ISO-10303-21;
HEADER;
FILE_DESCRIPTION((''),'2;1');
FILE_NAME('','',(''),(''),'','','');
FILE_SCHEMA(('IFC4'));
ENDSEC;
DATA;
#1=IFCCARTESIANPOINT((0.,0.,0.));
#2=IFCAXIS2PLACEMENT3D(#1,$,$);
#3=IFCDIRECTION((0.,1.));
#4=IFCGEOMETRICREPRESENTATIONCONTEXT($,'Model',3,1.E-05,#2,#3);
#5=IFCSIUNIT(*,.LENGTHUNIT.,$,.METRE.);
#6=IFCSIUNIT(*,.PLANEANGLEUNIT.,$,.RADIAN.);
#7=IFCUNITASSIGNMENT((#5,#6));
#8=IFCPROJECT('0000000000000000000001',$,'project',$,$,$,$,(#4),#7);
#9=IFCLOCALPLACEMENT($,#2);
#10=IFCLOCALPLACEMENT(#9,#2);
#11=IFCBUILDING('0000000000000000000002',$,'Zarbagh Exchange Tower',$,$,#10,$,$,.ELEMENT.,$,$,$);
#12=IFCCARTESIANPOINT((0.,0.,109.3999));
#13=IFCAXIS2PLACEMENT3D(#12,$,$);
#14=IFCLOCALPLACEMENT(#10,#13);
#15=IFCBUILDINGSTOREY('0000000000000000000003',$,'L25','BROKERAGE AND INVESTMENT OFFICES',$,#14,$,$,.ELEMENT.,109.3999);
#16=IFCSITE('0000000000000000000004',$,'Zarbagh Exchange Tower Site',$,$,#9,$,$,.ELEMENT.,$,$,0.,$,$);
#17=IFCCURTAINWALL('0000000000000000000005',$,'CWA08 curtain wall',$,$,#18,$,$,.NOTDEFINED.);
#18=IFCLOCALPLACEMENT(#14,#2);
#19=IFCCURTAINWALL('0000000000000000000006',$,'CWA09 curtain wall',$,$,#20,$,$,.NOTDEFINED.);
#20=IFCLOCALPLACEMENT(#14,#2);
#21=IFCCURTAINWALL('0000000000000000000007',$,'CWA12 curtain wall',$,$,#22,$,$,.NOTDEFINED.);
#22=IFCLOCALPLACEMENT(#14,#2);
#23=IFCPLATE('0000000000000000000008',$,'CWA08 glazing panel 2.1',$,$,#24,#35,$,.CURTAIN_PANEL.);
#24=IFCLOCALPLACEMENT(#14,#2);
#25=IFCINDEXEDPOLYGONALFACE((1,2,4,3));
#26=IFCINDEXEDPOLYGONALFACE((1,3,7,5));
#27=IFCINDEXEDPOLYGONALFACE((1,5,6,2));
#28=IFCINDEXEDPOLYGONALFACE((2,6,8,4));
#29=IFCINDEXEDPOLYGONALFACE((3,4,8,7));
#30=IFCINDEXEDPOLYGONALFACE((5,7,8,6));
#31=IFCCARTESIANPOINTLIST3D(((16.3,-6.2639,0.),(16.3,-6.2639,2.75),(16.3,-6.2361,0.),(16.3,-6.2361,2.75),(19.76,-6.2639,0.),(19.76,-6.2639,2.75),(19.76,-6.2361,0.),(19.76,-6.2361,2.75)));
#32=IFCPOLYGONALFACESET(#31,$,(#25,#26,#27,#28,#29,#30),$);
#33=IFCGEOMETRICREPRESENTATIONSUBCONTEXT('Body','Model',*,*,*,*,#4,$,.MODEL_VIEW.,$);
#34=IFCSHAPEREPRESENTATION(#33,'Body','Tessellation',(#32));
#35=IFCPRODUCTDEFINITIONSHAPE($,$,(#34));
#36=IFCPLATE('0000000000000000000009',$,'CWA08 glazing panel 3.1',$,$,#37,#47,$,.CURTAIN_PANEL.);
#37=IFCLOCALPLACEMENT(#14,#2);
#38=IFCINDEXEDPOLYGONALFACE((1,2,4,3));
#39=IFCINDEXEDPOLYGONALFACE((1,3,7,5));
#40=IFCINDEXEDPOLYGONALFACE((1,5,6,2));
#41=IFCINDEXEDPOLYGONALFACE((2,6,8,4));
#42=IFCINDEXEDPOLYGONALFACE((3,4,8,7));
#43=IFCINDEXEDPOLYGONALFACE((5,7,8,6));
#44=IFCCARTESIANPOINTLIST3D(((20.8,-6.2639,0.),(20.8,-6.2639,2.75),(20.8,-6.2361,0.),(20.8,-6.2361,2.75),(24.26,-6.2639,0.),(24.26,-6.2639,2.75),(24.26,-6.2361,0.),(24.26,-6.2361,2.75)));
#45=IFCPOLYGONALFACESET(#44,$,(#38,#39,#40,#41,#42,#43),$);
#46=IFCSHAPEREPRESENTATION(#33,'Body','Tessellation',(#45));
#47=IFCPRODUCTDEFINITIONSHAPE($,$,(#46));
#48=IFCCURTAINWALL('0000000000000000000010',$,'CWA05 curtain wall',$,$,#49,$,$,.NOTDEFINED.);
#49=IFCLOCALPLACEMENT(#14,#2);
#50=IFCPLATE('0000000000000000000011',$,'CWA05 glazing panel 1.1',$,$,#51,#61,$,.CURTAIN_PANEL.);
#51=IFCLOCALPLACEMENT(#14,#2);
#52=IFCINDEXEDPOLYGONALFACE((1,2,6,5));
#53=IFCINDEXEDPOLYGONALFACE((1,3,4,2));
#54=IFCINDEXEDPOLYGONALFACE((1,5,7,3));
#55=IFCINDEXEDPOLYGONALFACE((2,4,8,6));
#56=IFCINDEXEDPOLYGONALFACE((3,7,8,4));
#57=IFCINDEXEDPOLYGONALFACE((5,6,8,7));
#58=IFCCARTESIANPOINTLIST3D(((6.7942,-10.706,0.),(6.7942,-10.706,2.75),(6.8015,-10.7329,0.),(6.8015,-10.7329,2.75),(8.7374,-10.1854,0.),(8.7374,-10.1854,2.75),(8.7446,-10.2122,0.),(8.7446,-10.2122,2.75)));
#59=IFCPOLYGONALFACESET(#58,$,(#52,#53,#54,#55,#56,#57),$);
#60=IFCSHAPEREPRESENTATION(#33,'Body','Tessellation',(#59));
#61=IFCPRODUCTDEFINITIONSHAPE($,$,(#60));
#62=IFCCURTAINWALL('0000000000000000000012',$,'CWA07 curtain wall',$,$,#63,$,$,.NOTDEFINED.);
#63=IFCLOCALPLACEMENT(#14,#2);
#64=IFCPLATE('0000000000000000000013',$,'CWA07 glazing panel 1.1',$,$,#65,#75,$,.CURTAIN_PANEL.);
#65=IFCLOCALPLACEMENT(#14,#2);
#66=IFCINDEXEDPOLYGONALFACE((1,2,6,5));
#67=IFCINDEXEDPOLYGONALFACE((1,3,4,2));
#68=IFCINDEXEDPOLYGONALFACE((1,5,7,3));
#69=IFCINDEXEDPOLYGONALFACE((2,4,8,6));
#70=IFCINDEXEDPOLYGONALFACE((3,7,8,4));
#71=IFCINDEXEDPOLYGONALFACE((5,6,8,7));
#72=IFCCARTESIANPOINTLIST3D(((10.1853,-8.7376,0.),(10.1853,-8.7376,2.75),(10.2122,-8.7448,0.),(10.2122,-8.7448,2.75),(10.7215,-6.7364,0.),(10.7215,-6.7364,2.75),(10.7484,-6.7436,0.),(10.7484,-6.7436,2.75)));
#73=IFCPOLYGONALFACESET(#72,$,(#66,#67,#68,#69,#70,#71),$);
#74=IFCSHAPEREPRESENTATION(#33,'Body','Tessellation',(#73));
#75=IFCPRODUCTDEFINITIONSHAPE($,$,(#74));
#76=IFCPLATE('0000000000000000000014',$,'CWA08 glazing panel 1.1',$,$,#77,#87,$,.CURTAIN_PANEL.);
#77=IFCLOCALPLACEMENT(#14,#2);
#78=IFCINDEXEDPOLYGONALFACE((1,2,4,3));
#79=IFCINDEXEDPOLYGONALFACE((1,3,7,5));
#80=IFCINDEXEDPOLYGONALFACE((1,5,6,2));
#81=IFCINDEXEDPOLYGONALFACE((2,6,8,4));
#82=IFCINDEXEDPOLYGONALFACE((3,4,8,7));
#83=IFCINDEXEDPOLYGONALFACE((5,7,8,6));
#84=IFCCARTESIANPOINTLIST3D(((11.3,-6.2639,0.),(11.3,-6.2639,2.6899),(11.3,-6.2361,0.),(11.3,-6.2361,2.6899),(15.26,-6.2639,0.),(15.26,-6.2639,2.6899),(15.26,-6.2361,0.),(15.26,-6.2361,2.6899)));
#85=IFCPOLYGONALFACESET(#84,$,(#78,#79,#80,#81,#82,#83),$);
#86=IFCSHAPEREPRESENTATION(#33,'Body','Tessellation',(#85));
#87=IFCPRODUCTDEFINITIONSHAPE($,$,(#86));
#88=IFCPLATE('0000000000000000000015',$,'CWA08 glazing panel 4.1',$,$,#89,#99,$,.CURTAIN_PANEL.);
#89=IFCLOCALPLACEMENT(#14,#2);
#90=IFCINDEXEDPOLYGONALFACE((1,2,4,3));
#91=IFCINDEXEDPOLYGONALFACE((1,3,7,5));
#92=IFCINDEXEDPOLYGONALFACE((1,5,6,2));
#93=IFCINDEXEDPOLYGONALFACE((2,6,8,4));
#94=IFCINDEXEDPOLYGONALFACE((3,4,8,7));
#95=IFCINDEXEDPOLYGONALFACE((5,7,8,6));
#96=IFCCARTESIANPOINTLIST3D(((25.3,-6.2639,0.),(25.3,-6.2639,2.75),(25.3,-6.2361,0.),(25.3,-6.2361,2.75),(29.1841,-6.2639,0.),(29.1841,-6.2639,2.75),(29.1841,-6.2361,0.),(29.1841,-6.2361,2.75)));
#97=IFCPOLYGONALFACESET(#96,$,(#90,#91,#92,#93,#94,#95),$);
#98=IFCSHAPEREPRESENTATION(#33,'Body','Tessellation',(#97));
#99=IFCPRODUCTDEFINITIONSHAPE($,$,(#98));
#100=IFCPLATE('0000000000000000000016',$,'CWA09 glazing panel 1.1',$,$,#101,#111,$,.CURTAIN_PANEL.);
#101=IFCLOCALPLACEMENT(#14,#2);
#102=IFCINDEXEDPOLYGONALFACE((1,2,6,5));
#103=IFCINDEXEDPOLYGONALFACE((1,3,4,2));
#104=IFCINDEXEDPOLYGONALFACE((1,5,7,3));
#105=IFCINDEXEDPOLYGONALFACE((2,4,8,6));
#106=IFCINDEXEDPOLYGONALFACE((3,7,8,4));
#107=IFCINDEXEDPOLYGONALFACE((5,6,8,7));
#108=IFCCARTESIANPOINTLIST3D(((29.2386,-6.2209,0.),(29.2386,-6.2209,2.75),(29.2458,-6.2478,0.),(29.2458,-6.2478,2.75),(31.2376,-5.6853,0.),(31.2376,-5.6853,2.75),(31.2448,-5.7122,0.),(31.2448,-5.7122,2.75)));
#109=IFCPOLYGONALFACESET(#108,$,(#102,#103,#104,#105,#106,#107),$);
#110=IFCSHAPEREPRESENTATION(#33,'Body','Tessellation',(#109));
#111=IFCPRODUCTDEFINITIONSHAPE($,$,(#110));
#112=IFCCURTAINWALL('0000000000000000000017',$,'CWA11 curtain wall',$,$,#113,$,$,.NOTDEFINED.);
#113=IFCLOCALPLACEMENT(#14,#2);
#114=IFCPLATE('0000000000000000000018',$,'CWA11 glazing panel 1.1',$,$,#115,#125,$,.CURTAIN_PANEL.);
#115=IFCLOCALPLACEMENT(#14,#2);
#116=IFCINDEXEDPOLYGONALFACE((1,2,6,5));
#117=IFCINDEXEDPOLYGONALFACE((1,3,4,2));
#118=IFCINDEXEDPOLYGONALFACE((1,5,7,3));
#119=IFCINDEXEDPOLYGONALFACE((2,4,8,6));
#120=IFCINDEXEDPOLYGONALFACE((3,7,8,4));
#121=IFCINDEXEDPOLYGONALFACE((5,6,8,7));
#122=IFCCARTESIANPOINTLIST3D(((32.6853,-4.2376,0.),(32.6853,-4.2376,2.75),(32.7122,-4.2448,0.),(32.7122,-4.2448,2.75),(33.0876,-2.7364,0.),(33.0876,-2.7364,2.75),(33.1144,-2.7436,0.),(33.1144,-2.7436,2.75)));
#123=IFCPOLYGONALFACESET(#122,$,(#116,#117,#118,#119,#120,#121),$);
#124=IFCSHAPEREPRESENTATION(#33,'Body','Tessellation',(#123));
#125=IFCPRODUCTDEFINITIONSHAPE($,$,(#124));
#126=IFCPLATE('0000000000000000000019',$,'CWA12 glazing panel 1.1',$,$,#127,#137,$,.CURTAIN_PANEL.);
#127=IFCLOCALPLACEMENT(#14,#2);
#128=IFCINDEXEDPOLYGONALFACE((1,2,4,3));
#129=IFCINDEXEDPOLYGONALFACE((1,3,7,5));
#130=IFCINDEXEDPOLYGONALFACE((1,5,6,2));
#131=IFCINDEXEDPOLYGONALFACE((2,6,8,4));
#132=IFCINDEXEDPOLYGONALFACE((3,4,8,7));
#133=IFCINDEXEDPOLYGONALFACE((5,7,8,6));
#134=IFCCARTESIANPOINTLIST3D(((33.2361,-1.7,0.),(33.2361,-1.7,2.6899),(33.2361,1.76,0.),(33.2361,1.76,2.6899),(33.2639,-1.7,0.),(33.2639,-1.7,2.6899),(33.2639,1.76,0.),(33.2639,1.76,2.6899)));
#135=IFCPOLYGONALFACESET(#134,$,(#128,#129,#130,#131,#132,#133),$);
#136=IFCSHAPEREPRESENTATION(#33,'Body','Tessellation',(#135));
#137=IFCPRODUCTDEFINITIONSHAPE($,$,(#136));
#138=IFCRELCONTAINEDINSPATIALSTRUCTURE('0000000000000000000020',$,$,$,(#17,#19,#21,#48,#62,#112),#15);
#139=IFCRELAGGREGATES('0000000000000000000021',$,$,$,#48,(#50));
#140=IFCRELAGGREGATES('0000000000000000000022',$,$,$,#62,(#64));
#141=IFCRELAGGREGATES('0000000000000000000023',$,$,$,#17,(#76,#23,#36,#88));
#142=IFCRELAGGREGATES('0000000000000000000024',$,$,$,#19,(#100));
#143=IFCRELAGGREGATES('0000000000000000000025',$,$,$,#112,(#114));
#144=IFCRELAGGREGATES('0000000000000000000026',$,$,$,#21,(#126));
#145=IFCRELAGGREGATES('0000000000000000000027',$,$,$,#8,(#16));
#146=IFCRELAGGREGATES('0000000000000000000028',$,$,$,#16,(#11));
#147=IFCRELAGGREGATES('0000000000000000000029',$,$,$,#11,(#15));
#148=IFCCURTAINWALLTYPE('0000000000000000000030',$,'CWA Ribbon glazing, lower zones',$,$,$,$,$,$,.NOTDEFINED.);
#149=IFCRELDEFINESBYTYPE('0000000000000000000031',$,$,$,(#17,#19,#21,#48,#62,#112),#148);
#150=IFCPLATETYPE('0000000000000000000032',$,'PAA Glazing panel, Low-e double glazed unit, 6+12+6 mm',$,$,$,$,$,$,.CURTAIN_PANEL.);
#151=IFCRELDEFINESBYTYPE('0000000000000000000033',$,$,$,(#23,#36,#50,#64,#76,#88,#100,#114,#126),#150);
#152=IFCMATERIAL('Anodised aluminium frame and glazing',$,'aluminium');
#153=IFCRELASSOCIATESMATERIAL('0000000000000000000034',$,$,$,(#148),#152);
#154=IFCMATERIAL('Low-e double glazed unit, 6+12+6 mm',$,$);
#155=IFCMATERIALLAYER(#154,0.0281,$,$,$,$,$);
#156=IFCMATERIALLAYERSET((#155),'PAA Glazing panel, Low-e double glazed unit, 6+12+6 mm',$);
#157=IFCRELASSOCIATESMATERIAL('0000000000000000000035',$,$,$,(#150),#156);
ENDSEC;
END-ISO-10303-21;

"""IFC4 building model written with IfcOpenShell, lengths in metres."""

from ifc_helpers import new_model, si_unit, direction, frame, origin, place, context, subcontext, project, spatial, polyline, outline, extrude, source, transform, mapped, material, layer, layer_set, type_object, element, aggregate, save


model = new_model("IFC4")

# Units and contexts
model_context = context("Model", 3, precision=1e-05, world=origin(), true_north=direction((0.0, 1.0)))
body_context = subcontext(model_context, "Body", "Model", "MODEL_VIEW")
ifc_project = project(units=[si_unit("LENGTHUNIT", "METRE"), si_unit("PLANEANGLEUNIT", "RADIAN")], contexts=[model_context])

# Site, building, storey
site_placement = place(None, origin())
site = spatial("IfcSite", under=ifc_project, at=site_placement, Name="Zarbagh Exchange Tower Site", CompositionType="ELEMENT", RefElevation=0.0)
building_placement = place(site_placement, origin())
building = spatial("IfcBuilding", under=site, at=building_placement, Name="Zarbagh Exchange Tower", CompositionType="ELEMENT")
storey_placement = place(building_placement, frame((0.0, 0.0, 109.3999)))
storey = spatial("IfcBuildingStorey", under=building, at=storey_placement, Name="L25", Description="BROKERAGE AND INVESTMENT OFFICES", CompositionType="ELEMENT", Elevation=109.3999)

# Curtain wall
ifc_material_1 = material(Name="Anodised aluminium frame and glazing", Category="aluminium")
curtain_wall_type = type_object("IfcCurtainWallType", Name="CWA Ribbon glazing, lower zones", PredefinedType="NOTDEFINED", material=ifc_material_1)
curtain_wall_1_placement = place(storey_placement, origin())
curtain_wall_1 = element("IfcCurtainWall", 1, at=curtain_wall_1_placement, inside=storey, type_object=curtain_wall_type, Name="CWA08 curtain wall", PredefinedType="NOTDEFINED")
placement = place(storey_placement, origin())

# Curtain walls
curtain_wall_2_placement = place(storey_placement, origin())
curtain_wall_2 = element("IfcCurtainWall", 2, at=curtain_wall_2_placement, inside=storey, type_object=curtain_wall_type, Name="CWA09 curtain wall", PredefinedType="NOTDEFINED")
curtain_wall_3_placement = place(storey_placement, origin())
curtain_wall_3 = element("IfcCurtainWall", 3, at=curtain_wall_3_placement, inside=storey, type_object=curtain_wall_type, Name="CWA12 curtain wall", PredefinedType="NOTDEFINED")

# Shared definitions
ifc_material_2 = material(Name="Low-e double glazed unit, 6+12+6 mm")
ifc_layer = layer(ifc_material_2, 0.0281)
ifc_layer_set = layer_set([ifc_layer], Name="PAA Glazing panel, Low-e double glazed unit, 6+12+6 mm")
plate_type = type_object("IfcPlateType", Name="PAA Glazing panel, Low-e double glazed unit, 6+12+6 mm", PredefinedType="CURTAIN_PANEL", material=ifc_layer_set)

# Plates
shared_shape_1 = source(origin(), body_context, "Body", "SweptSolid", [
    extrude(outline(polyline([(0.0, -0.0139), (3.46, -0.0139), (3.46, 0.0139), (0.0, 0.0139), (0.0, -0.0139)])), origin(), (0.0, 0.0, 1.0), 2.75),
])
plate_1 = element("IfcPlate", 4, at=placement, type_object=plate_type, Name="CWA08 glazing panel 2.1", PredefinedType="CURTAIN_PANEL", context=body_context, shape_type="MappedRepresentation", body=[
    mapped(shared_shape_1, transform((16.3, -6.25, 0.0), x_axis=(1.0, 0.0, 0.0), y_axis=(0.0, 1.0, 0.0), z_axis=(0.0, 0.0, 1.0))),
])
plate_2 = element("IfcPlate", 5, at=placement, type_object=plate_type, Name="CWA08 glazing panel 3.1", PredefinedType="CURTAIN_PANEL", context=body_context, shape_type="MappedRepresentation", body=[
    mapped(shared_shape_1, transform((20.8, -6.25, 0.0), x_axis=(1.0, 0.0, 0.0), y_axis=(0.0, 1.0, 0.0), z_axis=(0.0, 0.0, 1.0))),
])

# Curtain walls, plates
curtain_wall_4_placement = place(storey_placement, origin())
curtain_wall_4 = element("IfcCurtainWall", 6, at=curtain_wall_4_placement, inside=storey, type_object=curtain_wall_type, Name="CWA05 curtain wall", PredefinedType="NOTDEFINED")
shared_shape_2 = source(origin(), body_context, "Body", "SweptSolid", [
    extrude(outline(polyline([(0.0, -0.0139), (2.0117, -0.0139), (2.0117, 0.0139), (0.0, 0.0139), (0.0, -0.0139)])), origin(), (0.0, 0.0, 1.0), 2.75),
])
plate_3 = element("IfcPlate", 7, at=placement, type_object=plate_type, Name="CWA05 glazing panel 1.1", PredefinedType="CURTAIN_PANEL", context=body_context, shape_type="MappedRepresentation", body=[
    mapped(shared_shape_2, transform((6.7979, -10.7195, 0.0), x_axis=(0.965924, 0.258825, 0.0), y_axis=(-0.258825, 0.965924, 0.0), z_axis=(0.0, 0.0, 1.0))),
])
aggregate(curtain_wall_4, [plate_3])
curtain_wall_5_placement = place(storey_placement, origin())
curtain_wall_5 = element("IfcCurtainWall", 8, at=curtain_wall_5_placement, inside=storey, type_object=curtain_wall_type, Name="CWA07 curtain wall", PredefinedType="NOTDEFINED")
shared_shape_3 = source(origin(), body_context, "Body", "SweptSolid", [
    extrude(outline(polyline([(0.0, -0.0139), (2.0718, -0.0139), (2.0718, 0.0139), (0.0, 0.0139), (0.0, -0.0139)])), origin(), (0.0, 0.0, 1.0), 2.75),
])
plate_4 = element("IfcPlate", 9, at=placement, type_object=plate_type, Name="CWA07 glazing panel 1.1", PredefinedType="CURTAIN_PANEL", context=body_context, shape_type="MappedRepresentation", body=[
    mapped(shared_shape_3, transform((10.1987, -8.7412, 0.0), x_axis=(0.258825, 0.965924, 0.0), y_axis=(-0.965924, 0.258825, 0.0), z_axis=(0.0, 0.0, 1.0))),
])
aggregate(curtain_wall_5, [plate_4])

# Plates
shared_shape_4 = source(origin(), body_context, "Body", "SweptSolid", [
    extrude(outline(polyline([(0.0, -0.0139), (3.96, -0.0139), (3.96, 0.0139), (0.0, 0.0139), (0.0, -0.0139)])), origin(), (0.0, 0.0, 1.0), 2.6899),
])
plate_5 = element("IfcPlate", 10, at=placement, type_object=plate_type, Name="CWA08 glazing panel 1.1", PredefinedType="CURTAIN_PANEL", context=body_context, shape_type="MappedRepresentation", body=[
    mapped(shared_shape_4, transform((11.3, -6.25, 0.0), x_axis=(1.0, 0.0, 0.0), y_axis=(0.0, 1.0, 0.0), z_axis=(0.0, 0.0, 1.0))),
])
shared_shape_5 = source(origin(), body_context, "Body", "SweptSolid", [
    extrude(outline(polyline([(0.0, -0.0139), (3.884, -0.0139), (3.884, 0.0139), (0.0, 0.0139), (0.0, -0.0139)])), origin(), (0.0, 0.0, 1.0), 2.75),
])
plate_6 = element("IfcPlate", 11, at=placement, type_object=plate_type, Name="CWA08 glazing panel 4.1", PredefinedType="CURTAIN_PANEL", context=body_context, shape_type="MappedRepresentation", body=[
    mapped(shared_shape_5, transform((25.3, -6.25, 0.0), x_axis=(1.0, 0.0, 0.0), y_axis=(0.0, 1.0, 0.0), z_axis=(0.0, 0.0, 1.0))),
])
aggregate(curtain_wall_1, [plate_5, plate_1, plate_2, plate_6])
shared_shape_6 = source(origin(), body_context, "Body", "SweptSolid", [
    extrude(outline(polyline([(0.0, -0.0139), (2.0696, -0.0139), (2.0696, 0.0139), (0.0, 0.0139), (0.0, -0.0139)])), origin(), (0.0, 0.0, 1.0), 2.75),
])
plate_7 = element("IfcPlate", 12, at=placement, type_object=plate_type, Name="CWA09 glazing panel 1.1", PredefinedType="CURTAIN_PANEL", context=body_context, shape_type="MappedRepresentation", body=[
    mapped(shared_shape_6, transform((29.2422, -6.2344, 0.0), x_axis=(0.965924, 0.258825, 0.0), y_axis=(-0.258825, 0.965924, 0.0), z_axis=(0.0, 0.0, 1.0))),
])
aggregate(curtain_wall_2, [plate_7])

# Curtain wall, plate
curtain_wall_6_placement = place(storey_placement, origin())
curtain_wall_6 = element("IfcCurtainWall", 13, at=curtain_wall_6_placement, inside=storey, type_object=curtain_wall_type, Name="CWA11 curtain wall", PredefinedType="NOTDEFINED")
shared_shape_7 = source(origin(), body_context, "Body", "SweptSolid", [
    extrude(outline(polyline([(0.0, -0.0139), (1.5542, -0.0139), (1.5542, 0.0139), (0.0, 0.0139), (0.0, -0.0139)])), origin(), (0.0, 0.0, 1.0), 2.75),
])
plate_8 = element("IfcPlate", 14, at=placement, type_object=plate_type, Name="CWA11 glazing panel 1.1", PredefinedType="CURTAIN_PANEL", context=body_context, shape_type="MappedRepresentation", body=[
    mapped(shared_shape_7, transform((32.6987, -4.2412, 0.0), x_axis=(0.258825, 0.965924, 0.0), y_axis=(-0.965924, 0.258825, 0.0), z_axis=(0.0, 0.0, 1.0))),
])
aggregate(curtain_wall_6, [plate_8])

# Plate
shared_shape_8 = source(origin(), body_context, "Body", "SweptSolid", [
    extrude(outline(polyline([(0.0, -0.0139), (3.46, -0.0139), (3.46, 0.0139), (0.0, 0.0139), (0.0, -0.0139)])), origin(), (0.0, 0.0, 1.0), 2.6899),
])
plate_9 = element("IfcPlate", 15, at=placement, type_object=plate_type, Name="CWA12 glazing panel 1.1", PredefinedType="CURTAIN_PANEL", context=body_context, shape_type="MappedRepresentation", body=[
    mapped(shared_shape_8, transform((33.25, -1.7, 0.0), x_axis=(0.0, 1.0, 0.0), y_axis=(-1.0, 0.0, 0.0), z_axis=(0.0, 0.0, 1.0))),
])
aggregate(curtain_wall_3, [plate_9])

save(model, "model.ifc")
